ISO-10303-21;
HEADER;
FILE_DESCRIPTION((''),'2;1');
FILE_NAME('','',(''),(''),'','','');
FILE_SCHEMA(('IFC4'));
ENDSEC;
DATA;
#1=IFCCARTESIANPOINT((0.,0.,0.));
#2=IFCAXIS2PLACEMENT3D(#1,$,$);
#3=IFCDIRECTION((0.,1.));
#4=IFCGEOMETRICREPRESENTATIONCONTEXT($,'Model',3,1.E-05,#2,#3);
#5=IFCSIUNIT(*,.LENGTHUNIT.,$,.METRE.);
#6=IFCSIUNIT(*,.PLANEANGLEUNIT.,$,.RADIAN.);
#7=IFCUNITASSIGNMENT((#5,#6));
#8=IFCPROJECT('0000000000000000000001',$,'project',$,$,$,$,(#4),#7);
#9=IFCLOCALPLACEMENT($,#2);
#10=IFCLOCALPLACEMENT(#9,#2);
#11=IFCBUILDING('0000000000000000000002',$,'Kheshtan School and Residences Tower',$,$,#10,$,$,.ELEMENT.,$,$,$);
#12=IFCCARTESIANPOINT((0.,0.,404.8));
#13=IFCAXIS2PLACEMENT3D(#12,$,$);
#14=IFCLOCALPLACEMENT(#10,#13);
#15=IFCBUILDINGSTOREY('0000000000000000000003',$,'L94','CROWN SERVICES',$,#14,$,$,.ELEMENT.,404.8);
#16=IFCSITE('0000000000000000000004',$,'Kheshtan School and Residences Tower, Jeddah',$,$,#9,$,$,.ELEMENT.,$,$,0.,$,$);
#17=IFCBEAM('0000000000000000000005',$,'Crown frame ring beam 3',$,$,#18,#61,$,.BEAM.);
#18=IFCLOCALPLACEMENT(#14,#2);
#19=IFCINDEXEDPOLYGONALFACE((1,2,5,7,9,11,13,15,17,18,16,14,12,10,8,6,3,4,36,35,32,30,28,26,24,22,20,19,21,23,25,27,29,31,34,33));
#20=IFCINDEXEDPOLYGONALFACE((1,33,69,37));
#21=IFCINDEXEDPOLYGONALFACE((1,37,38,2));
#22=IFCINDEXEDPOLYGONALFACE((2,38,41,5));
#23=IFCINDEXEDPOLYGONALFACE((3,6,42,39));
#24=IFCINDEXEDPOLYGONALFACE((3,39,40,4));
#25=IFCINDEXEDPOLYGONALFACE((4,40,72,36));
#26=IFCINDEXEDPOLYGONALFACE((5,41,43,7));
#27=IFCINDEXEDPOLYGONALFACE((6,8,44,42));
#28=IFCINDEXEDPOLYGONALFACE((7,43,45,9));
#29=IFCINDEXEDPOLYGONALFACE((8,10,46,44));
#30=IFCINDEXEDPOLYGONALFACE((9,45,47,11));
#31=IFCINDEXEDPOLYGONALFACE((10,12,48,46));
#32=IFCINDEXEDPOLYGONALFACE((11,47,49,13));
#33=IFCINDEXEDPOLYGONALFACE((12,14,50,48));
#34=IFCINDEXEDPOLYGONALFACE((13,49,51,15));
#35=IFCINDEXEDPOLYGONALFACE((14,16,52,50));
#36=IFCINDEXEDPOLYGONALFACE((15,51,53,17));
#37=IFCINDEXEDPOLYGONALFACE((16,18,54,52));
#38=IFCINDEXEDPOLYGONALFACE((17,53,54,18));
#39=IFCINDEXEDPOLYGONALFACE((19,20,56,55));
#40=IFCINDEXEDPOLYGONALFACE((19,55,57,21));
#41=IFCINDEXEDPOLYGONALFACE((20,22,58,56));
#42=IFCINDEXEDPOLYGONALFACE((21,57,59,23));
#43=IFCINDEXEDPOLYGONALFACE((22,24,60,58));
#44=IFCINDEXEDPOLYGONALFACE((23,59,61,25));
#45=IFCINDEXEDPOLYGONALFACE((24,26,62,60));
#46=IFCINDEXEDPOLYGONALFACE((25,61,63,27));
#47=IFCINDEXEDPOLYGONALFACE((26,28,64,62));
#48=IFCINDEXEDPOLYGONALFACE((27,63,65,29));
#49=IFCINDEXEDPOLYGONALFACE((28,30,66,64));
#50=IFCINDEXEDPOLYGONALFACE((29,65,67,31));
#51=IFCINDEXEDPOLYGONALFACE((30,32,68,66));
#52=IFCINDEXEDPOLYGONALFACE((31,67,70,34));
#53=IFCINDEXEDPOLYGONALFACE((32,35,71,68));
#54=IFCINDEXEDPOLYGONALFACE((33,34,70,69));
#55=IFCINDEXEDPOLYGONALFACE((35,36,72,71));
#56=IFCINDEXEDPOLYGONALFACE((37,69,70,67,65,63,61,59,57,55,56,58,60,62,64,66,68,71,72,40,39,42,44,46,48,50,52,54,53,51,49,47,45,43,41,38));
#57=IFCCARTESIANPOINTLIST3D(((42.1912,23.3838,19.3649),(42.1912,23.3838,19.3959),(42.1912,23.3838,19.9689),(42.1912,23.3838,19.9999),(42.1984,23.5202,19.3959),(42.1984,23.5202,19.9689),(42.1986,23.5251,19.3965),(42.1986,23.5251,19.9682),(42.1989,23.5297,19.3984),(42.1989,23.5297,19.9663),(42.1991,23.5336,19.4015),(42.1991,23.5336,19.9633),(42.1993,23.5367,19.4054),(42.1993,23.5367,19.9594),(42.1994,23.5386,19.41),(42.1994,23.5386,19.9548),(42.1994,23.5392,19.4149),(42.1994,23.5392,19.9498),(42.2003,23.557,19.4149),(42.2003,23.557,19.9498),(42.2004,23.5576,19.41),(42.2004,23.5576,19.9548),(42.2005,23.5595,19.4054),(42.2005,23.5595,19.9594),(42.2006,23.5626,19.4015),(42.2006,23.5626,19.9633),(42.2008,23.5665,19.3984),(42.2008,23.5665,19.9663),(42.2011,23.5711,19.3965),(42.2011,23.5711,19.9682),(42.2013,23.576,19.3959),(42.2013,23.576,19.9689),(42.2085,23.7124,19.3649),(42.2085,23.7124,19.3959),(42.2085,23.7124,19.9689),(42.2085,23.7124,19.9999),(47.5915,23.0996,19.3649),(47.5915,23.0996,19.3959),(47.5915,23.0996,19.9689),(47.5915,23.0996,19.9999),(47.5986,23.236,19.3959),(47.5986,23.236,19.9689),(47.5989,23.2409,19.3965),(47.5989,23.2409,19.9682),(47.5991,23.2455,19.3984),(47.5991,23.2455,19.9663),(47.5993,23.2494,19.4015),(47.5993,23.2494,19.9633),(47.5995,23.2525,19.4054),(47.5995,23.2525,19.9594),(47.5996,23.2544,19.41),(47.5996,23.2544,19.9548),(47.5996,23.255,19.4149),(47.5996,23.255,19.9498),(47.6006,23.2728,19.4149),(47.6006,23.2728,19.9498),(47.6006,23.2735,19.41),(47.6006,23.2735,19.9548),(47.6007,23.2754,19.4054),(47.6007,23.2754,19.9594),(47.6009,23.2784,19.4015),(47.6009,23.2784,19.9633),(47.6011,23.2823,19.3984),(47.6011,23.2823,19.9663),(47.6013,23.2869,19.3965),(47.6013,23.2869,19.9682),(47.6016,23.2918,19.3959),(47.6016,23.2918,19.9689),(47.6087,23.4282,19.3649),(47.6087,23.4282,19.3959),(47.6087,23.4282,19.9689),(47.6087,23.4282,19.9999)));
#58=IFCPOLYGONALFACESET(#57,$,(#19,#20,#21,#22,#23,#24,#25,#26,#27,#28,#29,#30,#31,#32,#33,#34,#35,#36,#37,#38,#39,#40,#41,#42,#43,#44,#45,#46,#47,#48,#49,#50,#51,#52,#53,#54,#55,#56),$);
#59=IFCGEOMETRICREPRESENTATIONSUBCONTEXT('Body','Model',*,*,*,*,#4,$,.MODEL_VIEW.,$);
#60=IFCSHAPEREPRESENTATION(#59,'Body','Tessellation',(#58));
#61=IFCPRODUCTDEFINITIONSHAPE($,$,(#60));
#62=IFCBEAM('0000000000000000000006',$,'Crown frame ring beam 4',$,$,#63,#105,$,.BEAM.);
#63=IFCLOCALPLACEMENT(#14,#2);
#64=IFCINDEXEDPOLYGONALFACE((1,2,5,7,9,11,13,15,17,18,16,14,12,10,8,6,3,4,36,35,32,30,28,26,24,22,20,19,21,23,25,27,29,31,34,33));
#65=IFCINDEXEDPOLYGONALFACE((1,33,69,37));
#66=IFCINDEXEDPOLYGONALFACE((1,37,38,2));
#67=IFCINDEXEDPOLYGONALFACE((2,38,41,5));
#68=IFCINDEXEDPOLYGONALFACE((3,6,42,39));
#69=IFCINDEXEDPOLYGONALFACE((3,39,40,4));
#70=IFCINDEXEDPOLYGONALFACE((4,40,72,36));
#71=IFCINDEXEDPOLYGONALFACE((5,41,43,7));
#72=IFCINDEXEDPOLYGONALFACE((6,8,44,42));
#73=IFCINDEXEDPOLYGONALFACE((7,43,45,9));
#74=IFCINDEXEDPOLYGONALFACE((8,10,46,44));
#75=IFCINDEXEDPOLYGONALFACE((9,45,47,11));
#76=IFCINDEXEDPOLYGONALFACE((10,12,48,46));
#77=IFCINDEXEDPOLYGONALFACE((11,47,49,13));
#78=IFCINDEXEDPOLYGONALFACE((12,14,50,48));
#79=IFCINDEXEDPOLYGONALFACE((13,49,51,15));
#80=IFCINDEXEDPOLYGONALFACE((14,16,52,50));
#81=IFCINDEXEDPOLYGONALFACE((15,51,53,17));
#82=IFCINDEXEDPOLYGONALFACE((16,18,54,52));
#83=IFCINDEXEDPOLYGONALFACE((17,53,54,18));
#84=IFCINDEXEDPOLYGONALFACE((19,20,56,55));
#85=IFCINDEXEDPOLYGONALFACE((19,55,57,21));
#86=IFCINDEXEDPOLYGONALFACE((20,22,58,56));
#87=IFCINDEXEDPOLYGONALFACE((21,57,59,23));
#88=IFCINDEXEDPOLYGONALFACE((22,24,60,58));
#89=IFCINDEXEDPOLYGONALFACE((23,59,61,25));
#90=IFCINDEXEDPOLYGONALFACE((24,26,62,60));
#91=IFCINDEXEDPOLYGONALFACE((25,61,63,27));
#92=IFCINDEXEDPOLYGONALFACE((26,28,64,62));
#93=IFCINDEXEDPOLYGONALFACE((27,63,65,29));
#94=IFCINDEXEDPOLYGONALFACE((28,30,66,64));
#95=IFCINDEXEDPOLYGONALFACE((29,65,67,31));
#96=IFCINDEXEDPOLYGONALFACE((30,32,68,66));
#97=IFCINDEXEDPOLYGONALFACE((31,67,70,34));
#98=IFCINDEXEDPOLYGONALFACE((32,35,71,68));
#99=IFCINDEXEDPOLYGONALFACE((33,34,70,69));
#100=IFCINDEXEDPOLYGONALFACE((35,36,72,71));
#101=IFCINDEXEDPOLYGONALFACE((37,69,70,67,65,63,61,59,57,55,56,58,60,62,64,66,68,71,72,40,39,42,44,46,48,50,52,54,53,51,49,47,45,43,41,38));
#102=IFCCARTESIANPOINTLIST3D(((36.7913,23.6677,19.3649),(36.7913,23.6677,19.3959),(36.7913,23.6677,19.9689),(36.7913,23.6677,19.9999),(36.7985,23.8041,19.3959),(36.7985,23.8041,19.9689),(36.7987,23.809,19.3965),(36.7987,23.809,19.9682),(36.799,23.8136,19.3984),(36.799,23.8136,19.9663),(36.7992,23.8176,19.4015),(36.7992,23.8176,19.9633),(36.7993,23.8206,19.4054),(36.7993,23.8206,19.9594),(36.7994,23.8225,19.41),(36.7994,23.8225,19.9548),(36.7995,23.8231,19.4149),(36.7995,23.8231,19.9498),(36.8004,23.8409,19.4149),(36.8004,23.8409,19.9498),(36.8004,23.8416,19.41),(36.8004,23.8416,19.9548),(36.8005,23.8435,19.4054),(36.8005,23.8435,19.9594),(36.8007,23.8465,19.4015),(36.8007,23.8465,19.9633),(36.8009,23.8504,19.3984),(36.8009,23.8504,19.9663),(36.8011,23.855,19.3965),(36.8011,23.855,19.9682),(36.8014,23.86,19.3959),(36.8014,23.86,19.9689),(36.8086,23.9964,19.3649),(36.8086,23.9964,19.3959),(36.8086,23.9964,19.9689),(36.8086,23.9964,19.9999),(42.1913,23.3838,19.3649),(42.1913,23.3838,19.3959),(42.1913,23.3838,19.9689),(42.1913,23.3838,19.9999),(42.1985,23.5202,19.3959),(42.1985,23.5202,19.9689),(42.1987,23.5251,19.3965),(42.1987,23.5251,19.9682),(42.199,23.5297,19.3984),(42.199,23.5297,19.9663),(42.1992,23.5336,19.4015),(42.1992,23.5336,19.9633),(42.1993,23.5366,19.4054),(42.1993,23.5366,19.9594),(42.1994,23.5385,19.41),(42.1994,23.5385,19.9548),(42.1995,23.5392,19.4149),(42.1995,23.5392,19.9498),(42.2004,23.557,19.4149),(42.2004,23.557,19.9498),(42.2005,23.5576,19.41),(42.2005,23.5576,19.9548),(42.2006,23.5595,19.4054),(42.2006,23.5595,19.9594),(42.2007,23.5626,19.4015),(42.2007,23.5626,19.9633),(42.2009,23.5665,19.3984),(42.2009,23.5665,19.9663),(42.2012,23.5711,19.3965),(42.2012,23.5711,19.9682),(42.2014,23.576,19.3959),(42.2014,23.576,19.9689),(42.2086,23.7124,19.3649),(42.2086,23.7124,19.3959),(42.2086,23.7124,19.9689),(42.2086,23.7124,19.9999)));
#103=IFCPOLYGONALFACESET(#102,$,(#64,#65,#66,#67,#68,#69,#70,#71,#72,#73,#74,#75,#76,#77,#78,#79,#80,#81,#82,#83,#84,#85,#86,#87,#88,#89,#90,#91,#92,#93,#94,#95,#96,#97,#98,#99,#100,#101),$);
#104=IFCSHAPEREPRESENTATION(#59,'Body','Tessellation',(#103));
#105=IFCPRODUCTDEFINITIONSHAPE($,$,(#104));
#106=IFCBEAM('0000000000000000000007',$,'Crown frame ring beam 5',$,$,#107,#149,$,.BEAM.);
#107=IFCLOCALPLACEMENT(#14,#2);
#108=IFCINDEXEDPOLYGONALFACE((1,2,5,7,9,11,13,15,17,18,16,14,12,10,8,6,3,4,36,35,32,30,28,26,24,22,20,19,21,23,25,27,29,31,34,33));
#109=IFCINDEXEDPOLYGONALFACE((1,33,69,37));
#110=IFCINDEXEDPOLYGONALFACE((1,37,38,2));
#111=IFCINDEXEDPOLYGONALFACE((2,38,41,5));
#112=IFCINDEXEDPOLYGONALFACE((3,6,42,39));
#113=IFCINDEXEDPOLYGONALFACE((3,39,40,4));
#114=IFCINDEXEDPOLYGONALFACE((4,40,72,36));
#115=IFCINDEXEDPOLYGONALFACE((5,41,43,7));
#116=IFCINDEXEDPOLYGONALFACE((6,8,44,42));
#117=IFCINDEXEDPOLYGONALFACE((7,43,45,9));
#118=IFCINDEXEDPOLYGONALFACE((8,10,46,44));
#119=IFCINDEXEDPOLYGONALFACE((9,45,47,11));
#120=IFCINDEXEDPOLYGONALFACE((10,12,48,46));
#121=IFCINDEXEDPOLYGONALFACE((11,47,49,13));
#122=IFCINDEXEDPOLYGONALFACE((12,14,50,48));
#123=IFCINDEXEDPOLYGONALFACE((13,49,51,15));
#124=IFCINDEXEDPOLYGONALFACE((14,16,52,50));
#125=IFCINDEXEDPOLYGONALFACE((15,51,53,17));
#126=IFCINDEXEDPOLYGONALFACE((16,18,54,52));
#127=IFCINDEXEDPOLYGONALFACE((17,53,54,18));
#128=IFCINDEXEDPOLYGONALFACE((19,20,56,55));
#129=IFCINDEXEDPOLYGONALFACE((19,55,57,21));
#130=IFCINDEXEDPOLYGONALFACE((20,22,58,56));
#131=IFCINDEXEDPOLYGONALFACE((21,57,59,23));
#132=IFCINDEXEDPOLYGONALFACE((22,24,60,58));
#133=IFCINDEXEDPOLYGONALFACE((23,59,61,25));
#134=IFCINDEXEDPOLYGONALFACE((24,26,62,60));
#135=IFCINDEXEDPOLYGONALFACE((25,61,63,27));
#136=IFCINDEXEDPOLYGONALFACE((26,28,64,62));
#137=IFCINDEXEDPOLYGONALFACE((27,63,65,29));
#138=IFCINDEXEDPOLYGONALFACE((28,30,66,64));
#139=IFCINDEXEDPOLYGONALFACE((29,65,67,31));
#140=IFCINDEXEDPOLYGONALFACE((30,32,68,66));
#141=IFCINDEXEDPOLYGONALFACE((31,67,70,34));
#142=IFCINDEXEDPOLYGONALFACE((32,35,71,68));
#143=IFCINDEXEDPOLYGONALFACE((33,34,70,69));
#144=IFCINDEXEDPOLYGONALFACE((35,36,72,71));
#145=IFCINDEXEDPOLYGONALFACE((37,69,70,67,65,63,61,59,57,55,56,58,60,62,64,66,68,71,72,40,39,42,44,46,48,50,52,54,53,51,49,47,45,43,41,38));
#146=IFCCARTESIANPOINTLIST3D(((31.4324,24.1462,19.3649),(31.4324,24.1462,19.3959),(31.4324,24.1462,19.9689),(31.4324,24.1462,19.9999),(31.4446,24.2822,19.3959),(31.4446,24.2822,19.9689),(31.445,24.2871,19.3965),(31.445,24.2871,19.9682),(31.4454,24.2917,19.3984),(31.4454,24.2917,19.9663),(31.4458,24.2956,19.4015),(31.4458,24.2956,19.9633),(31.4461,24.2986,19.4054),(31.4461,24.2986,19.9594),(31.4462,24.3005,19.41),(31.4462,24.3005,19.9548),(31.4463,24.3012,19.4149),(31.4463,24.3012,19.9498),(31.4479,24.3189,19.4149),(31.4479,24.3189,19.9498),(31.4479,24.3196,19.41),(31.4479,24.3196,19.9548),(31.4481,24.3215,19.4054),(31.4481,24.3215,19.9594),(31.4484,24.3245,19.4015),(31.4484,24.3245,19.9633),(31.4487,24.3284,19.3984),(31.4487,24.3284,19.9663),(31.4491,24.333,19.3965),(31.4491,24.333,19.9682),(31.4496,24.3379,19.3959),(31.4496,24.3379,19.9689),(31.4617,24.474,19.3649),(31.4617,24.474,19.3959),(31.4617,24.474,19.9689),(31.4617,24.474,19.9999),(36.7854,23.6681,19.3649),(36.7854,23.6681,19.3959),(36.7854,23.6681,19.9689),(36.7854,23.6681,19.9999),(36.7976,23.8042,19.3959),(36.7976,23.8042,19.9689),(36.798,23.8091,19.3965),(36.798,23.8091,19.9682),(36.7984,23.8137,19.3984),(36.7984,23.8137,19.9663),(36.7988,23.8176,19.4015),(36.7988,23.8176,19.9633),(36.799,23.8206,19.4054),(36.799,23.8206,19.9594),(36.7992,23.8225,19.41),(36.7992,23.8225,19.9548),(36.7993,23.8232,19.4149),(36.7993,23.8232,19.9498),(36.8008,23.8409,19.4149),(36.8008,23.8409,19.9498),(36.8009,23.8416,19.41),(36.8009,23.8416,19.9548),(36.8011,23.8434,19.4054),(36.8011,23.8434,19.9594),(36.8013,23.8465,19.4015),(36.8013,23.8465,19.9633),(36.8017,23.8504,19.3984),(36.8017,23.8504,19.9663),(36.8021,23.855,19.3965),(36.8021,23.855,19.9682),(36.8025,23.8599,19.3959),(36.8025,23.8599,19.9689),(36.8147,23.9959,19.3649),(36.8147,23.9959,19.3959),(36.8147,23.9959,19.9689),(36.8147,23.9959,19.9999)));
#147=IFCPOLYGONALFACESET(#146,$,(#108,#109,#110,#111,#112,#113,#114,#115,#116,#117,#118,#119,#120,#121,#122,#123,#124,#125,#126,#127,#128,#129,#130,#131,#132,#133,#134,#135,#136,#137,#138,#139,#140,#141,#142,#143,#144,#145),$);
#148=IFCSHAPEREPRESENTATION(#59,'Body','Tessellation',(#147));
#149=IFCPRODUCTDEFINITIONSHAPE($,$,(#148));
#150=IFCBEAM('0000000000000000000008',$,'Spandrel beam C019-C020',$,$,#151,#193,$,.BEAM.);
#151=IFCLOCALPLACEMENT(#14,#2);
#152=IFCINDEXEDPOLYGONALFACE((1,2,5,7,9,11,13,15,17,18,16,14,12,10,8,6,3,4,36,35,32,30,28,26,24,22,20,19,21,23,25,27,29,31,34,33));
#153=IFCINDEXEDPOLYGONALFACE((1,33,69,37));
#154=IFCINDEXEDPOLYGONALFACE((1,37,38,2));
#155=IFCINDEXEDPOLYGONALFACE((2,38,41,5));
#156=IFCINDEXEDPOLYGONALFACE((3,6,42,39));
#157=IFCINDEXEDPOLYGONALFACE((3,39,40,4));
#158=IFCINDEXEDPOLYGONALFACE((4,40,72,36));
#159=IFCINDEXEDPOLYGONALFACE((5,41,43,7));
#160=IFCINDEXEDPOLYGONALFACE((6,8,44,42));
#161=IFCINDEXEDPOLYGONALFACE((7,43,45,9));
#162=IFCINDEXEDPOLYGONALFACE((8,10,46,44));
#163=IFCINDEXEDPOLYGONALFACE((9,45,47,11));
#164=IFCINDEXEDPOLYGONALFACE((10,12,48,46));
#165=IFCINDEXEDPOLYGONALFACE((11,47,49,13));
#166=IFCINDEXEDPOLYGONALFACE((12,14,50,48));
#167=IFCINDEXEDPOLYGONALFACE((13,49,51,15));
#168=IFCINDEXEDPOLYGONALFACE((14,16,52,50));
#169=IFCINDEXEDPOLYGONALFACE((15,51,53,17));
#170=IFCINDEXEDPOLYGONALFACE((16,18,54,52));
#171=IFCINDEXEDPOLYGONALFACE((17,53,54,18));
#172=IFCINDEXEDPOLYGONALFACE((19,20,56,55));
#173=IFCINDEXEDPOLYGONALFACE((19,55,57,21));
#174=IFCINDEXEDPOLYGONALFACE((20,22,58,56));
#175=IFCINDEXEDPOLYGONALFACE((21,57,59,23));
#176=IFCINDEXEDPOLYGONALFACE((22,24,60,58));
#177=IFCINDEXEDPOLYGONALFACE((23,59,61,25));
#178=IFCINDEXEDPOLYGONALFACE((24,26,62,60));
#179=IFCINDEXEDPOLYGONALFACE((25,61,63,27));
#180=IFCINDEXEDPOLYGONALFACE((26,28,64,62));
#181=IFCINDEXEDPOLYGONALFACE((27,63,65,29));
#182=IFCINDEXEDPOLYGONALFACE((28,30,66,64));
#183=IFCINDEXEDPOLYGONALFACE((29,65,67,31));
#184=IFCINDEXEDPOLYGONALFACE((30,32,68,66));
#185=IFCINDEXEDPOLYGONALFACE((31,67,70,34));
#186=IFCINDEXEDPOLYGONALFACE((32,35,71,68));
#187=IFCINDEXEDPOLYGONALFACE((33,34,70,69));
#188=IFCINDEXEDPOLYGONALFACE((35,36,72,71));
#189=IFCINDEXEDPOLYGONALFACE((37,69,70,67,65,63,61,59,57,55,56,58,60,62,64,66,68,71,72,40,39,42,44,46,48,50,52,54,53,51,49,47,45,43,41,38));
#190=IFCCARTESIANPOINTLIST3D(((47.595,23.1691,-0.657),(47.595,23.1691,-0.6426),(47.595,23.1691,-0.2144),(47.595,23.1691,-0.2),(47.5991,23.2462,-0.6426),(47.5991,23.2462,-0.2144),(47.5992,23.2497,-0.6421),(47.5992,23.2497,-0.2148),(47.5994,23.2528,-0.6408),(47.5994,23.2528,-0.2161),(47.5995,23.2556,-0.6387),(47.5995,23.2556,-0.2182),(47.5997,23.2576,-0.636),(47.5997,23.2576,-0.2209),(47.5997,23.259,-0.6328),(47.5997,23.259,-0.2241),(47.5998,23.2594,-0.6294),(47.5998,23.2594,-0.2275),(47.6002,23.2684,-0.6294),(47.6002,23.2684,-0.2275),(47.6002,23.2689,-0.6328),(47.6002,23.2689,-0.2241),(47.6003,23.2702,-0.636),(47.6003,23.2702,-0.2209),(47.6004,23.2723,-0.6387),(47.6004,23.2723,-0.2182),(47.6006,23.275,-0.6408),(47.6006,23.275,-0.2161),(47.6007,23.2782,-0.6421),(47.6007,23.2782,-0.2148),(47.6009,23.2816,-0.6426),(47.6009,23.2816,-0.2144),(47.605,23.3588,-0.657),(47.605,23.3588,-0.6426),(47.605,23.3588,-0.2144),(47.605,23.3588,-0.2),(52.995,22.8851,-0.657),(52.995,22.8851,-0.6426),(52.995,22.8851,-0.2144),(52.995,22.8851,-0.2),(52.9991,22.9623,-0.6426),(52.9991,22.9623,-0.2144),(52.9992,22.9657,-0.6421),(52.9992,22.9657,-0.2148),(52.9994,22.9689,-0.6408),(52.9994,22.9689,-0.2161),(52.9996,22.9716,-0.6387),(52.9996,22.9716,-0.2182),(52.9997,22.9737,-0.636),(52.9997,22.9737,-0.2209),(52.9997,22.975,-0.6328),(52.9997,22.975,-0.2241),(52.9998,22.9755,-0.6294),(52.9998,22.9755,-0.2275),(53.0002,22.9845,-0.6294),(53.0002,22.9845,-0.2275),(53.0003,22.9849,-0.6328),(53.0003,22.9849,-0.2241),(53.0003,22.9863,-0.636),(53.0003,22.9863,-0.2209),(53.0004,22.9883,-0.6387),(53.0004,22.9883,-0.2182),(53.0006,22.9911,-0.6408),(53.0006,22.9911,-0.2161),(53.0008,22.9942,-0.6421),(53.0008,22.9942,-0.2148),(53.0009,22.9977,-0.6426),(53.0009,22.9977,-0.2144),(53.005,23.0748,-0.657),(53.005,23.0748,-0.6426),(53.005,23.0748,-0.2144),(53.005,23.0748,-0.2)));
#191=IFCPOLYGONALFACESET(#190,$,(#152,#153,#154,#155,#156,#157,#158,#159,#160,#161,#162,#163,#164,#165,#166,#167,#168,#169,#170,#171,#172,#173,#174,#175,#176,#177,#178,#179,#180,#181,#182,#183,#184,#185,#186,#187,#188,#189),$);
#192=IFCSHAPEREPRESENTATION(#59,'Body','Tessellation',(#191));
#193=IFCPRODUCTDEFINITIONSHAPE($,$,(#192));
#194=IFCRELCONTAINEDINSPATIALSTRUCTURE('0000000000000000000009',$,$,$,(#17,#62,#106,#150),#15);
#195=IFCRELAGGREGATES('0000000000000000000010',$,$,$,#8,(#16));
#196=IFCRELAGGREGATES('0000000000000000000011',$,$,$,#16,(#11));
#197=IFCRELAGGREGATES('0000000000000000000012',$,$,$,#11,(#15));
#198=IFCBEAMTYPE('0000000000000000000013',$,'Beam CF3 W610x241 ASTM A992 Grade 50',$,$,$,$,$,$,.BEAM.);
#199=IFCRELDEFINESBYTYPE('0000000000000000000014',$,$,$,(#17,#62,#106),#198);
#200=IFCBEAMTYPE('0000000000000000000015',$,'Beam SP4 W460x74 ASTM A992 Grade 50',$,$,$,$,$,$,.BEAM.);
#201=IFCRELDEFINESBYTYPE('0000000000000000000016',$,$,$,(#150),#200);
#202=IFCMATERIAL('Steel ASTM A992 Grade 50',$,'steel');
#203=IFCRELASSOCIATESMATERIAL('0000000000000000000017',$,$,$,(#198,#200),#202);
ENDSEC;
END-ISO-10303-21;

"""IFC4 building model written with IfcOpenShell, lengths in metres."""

from ifc_helpers import new_model, si_unit, direction, frame, origin, origin_2d, place, context, subcontext, project, spatial, i_section, extrude, material, material_profile, profile_set, type_object, element, save


model = new_model("IFC4")

# Units and contexts
model_context = context("Model", 3, precision=1e-05, world=origin(), true_north=direction((0.0, 1.0)))
body_context = subcontext(model_context, "Body", "Model", "MODEL_VIEW")
ifc_project = project(units=[si_unit("LENGTHUNIT", "METRE"), si_unit("PLANEANGLEUNIT", "RADIAN")], contexts=[model_context])

# Site, building, storey
site_placement = place(None, origin())
site = spatial("IfcSite", under=ifc_project, at=site_placement, Name="Kheshtan School and Residences Tower, Jeddah", CompositionType="ELEMENT", RefElevation=0.0)
building_placement = place(site_placement, origin())
building = spatial("IfcBuilding", under=site, at=building_placement, Name="Kheshtan School and Residences Tower", CompositionType="ELEMENT")
storey_placement = place(building_placement, frame((0.0, 0.0, 404.8)))
storey = spatial("IfcBuildingStorey", under=building, at=storey_placement, Name="L94", Description="CROWN SERVICES", CompositionType="ELEMENT", Elevation=404.8)

# Beams
ifc_material_1 = material(Name="Steel ASTM A992 Grade 50", Category="steel")
ifc_material_profile_1 = material_profile(ifc_material_1, i_section(OverallWidth=0.3291, OverallDepth=0.635, WebThickness=0.0178, FlangeThickness=0.031, FilletRadius=0.019, at=origin_2d()), Name="W610x241")
ifc_profile_set_1 = profile_set([ifc_material_profile_1], Name="Steel ASTM A992 Grade 50")
beam_type_1 = type_object("IfcBeamType", Name="Beam CF3 W610x241 ASTM A992 Grade 50", PredefinedType="BEAM", material=ifc_profile_set_1)
beam_1_placement = place(storey_placement, frame((47.6001, 23.2639, 19.6824), z_axis=(-0.998618, 0.052552, 0.0), x_axis=(-0.052552, -0.998618, 0.0)))
element("IfcBeam", 1, at=beam_1_placement, inside=storey, type_object=beam_type_1, Name="Crown frame ring beam 3", PredefinedType="BEAM", context=body_context, shape_type="SweptSolid", body=[
    extrude(i_section(OverallWidth=0.3291, OverallDepth=0.635, WebThickness=0.0178, FlangeThickness=0.031, FilletRadius=0.019, at=origin_2d()), origin(), (0.0, 0.0, 1.0), 5.4077),
])
beam_2_placement = place(storey_placement, frame((42.2, 23.5481, 19.6824), z_axis=(-0.99862, 0.052509, 0.0), x_axis=(-0.052509, -0.99862, 0.0)))
element("IfcBeam", 2, at=beam_2_placement, inside=storey, type_object=beam_type_1, Name="Crown frame ring beam 4", PredefinedType="BEAM", context=body_context, shape_type="SweptSolid", body=[
    extrude(i_section(OverallWidth=0.3291, OverallDepth=0.635, WebThickness=0.0178, FlangeThickness=0.031, FilletRadius=0.019, at=origin_2d()), origin(), (0.0, 0.0, 1.0), 5.4075),
])
beam_3_placement = place(storey_placement, frame((36.8, 23.832, 19.6824), z_axis=(-0.996036, 0.088946, 0.0), x_axis=(-0.088946, -0.996036, 0.0)))
element("IfcBeam", 3, at=beam_3_placement, inside=storey, type_object=beam_type_1, Name="Crown frame ring beam 5", PredefinedType="BEAM", context=body_context, shape_type="SweptSolid", body=[
    extrude(i_section(OverallWidth=0.3291, OverallDepth=0.635, WebThickness=0.0178, FlangeThickness=0.031, FilletRadius=0.019, at=origin_2d()), origin(), (0.0, 0.0, 1.0), 5.3743),
])
ifc_material_profile_2 = material_profile(ifc_material_1, i_section(OverallWidth=0.1899, OverallDepth=0.457, WebThickness=0.009, FlangeThickness=0.0144, FilletRadius=0.0132, at=origin_2d()), Name="W460x74")
ifc_profile_set_2 = profile_set([ifc_material_profile_2], Name="Steel ASTM A992 Grade 50")
beam_type_2 = type_object("IfcBeamType", Name="Beam SP4 W460x74 ASTM A992 Grade 50", PredefinedType="BEAM", material=ifc_profile_set_2)
beam_4_placement = place(storey_placement, frame((53.0, 22.98, -0.4285), z_axis=(-0.99862, 0.052509, 0.0), x_axis=(-0.052509, -0.99862, 0.0)))
element("IfcBeam", 4, at=beam_4_placement, inside=storey, type_object=beam_type_2, Name="Spandrel beam C019-C020", PredefinedType="BEAM", context=body_context, shape_type="SweptSolid", body=[
    extrude(i_section(OverallWidth=0.1899, OverallDepth=0.457, WebThickness=0.009, FlangeThickness=0.0144, FilletRadius=0.0132, at=origin_2d()), origin(), (0.0, 0.0, 1.0), 5.4075),
])

save(model, "model.ifc")
